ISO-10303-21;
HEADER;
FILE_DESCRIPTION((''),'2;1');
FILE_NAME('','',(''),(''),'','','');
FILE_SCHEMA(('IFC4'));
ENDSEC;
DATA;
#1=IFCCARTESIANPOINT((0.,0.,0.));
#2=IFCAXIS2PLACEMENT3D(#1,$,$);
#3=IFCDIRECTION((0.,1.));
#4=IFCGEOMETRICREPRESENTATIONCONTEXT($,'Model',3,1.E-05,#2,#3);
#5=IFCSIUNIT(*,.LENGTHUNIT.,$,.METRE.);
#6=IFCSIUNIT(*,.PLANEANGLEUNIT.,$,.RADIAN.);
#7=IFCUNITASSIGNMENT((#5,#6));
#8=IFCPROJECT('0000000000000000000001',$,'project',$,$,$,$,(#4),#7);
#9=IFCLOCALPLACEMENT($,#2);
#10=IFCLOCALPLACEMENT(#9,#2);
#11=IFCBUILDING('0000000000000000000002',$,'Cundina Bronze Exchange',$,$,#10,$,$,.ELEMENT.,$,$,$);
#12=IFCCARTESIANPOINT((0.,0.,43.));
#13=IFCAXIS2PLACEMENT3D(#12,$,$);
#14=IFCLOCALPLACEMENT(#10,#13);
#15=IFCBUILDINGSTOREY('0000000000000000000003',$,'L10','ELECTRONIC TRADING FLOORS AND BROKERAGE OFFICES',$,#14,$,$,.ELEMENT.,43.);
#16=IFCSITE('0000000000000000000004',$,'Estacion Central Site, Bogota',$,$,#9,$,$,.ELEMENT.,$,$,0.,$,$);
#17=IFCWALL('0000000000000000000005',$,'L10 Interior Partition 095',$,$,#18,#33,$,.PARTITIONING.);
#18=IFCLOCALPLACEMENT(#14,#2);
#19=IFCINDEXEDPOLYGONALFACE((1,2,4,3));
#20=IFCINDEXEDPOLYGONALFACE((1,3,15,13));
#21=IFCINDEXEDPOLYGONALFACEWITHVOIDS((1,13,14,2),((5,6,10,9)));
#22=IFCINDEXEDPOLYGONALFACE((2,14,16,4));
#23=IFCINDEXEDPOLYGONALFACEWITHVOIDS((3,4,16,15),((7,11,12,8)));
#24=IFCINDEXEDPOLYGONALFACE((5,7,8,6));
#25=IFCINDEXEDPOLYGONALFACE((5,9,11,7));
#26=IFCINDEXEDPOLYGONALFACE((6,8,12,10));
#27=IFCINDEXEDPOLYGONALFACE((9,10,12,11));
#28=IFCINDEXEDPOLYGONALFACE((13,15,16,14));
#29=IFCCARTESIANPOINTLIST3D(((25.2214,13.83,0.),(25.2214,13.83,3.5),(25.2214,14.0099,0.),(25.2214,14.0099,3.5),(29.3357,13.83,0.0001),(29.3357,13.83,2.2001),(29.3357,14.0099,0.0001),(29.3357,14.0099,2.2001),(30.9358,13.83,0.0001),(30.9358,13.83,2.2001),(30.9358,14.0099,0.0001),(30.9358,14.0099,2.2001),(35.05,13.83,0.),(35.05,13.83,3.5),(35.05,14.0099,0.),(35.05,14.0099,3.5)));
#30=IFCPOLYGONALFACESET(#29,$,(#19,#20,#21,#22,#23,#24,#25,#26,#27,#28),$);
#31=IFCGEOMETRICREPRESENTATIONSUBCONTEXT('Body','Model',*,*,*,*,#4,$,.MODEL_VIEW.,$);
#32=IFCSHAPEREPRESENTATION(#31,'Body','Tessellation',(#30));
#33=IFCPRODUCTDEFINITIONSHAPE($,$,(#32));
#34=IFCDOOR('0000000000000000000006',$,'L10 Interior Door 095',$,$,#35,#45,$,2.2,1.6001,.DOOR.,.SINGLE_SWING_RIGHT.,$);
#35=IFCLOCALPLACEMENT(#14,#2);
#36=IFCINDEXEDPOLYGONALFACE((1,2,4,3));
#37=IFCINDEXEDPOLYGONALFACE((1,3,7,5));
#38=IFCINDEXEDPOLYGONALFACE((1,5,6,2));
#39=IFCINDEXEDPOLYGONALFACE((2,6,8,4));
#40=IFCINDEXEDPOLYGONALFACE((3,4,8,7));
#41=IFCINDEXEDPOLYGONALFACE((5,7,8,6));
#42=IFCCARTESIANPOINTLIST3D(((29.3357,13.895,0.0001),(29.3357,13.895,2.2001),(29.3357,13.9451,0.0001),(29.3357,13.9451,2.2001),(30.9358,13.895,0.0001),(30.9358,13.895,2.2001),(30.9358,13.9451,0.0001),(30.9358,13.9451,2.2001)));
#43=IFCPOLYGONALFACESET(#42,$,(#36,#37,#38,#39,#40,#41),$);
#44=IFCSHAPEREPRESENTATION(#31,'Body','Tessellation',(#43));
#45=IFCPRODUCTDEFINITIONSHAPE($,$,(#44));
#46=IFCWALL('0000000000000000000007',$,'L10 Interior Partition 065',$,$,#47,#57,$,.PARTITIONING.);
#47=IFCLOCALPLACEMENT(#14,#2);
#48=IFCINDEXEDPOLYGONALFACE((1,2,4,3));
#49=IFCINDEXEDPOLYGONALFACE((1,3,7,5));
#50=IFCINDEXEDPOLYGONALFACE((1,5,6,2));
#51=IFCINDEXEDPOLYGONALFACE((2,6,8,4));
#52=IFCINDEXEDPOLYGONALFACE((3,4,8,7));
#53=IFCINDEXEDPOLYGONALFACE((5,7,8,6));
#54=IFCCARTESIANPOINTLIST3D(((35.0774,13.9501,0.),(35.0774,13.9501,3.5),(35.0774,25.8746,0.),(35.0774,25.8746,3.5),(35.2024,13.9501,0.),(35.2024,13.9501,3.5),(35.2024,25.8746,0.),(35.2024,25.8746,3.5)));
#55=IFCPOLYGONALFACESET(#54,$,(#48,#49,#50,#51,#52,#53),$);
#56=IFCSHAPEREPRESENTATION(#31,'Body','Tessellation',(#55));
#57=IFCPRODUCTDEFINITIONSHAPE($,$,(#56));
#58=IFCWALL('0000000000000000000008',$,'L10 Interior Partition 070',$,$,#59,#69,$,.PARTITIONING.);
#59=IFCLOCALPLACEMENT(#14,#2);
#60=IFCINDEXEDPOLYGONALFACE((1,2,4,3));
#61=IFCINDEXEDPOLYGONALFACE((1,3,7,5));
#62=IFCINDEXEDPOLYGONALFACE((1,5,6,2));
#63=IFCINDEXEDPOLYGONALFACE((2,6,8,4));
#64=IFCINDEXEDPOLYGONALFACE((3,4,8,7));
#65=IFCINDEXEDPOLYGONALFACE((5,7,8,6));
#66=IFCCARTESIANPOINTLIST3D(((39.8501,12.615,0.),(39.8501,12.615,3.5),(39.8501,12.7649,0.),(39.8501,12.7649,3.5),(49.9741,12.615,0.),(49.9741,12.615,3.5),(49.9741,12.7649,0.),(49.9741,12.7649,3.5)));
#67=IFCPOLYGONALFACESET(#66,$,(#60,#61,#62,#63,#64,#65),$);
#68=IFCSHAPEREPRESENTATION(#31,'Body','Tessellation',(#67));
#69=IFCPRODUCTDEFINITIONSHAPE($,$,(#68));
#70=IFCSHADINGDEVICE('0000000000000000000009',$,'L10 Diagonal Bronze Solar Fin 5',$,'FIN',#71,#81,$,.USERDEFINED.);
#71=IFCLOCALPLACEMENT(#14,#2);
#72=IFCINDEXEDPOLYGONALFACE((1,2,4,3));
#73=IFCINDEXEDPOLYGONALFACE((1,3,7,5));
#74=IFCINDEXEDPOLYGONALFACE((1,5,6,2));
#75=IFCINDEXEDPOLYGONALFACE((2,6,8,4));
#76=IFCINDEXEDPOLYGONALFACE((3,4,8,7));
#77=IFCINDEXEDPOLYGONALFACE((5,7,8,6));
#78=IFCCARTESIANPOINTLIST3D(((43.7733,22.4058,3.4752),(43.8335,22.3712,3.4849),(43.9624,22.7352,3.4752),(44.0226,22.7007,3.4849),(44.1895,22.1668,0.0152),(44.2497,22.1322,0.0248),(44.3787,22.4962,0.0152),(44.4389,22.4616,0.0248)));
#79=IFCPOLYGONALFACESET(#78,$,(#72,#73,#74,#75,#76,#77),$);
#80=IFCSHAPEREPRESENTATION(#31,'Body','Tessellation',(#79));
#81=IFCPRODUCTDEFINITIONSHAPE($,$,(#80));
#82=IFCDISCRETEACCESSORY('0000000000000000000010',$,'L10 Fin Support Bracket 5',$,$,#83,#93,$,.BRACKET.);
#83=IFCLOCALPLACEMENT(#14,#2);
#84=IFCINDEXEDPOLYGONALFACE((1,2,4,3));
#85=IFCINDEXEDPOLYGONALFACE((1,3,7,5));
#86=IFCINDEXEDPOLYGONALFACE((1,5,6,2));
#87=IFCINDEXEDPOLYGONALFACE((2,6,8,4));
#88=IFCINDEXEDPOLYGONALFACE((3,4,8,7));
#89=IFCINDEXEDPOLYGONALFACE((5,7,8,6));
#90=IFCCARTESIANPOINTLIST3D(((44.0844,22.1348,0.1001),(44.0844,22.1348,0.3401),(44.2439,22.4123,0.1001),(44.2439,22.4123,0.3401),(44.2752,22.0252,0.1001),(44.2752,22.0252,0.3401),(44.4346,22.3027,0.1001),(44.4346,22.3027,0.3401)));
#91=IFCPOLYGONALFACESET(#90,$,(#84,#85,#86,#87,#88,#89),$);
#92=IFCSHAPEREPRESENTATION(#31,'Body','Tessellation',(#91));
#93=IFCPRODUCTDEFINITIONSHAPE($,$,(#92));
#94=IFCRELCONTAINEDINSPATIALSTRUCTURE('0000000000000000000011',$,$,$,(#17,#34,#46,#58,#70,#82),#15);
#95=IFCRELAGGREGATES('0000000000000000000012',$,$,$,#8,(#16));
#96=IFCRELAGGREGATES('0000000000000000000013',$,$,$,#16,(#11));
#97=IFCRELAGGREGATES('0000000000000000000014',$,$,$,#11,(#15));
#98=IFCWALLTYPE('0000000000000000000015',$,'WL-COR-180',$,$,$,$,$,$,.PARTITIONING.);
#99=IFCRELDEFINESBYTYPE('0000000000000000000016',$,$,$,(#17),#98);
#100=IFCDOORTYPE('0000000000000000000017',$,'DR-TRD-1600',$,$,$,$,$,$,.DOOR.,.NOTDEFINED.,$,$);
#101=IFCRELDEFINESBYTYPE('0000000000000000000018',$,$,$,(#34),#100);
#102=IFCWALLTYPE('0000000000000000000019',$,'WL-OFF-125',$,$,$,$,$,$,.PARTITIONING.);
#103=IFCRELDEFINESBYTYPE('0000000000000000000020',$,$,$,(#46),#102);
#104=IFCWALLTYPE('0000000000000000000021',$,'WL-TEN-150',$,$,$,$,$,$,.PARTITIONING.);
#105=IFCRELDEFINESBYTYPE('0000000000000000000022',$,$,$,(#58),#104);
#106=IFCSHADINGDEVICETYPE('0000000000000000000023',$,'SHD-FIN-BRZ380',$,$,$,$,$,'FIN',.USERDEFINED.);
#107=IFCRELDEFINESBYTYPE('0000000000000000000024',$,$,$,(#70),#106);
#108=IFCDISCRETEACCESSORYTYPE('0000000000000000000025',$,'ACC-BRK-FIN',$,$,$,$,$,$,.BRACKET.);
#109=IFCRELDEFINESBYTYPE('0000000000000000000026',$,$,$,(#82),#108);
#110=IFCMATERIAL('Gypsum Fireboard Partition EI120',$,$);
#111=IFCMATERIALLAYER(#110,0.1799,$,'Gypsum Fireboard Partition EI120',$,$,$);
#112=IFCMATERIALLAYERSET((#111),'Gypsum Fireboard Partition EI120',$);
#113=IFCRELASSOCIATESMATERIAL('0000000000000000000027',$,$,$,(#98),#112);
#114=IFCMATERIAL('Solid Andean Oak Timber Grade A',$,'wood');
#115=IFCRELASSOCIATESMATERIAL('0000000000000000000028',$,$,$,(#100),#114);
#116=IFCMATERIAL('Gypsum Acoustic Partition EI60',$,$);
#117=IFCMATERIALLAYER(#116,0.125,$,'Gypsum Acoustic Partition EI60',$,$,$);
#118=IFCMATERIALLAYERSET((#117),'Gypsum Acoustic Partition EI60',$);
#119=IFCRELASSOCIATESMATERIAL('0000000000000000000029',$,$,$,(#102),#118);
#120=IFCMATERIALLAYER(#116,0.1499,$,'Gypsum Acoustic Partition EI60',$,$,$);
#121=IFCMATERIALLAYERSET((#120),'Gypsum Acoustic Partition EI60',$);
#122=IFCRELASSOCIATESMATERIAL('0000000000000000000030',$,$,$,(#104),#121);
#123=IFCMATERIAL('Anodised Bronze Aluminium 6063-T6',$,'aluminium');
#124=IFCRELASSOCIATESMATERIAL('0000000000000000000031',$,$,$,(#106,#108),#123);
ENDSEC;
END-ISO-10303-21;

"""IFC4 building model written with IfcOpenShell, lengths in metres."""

from ifc_helpers import new_model, si_unit, direction, frame, frame_2d, origin, origin_2d, place, context, subcontext, project, spatial, rectangle, extrude, material, layer, layer_set, material_profile, profile_set, type_object, element, fill, save


model = new_model("IFC4")

# Units and contexts
model_context = context("Model", 3, precision=1e-05, world=origin(), true_north=direction((0.0, 1.0)))
body_context = subcontext(model_context, "Body", "Model", "MODEL_VIEW")
ifc_project = project(units=[si_unit("LENGTHUNIT", "METRE"), si_unit("PLANEANGLEUNIT", "RADIAN")], contexts=[model_context])

# Site, building, storey
site_placement = place(None, origin())
site = spatial("IfcSite", under=ifc_project, at=site_placement, Name="Estacion Central Site, Bogota", CompositionType="ELEMENT", RefElevation=0.0)
building_placement = place(site_placement, origin())
building = spatial("IfcBuilding", under=site, at=building_placement, Name="Cundina Bronze Exchange", CompositionType="ELEMENT")
storey_placement = place(building_placement, frame((0.0, 0.0, 43.0)))
storey = spatial("IfcBuildingStorey", under=building, at=storey_placement, Name="L10", Description="ELECTRONIC TRADING FLOORS AND BROKERAGE OFFICES", CompositionType="ELEMENT", Elevation=43.0)

# Shared definitions
ifc_material_1 = material(Name="Anodised Bronze Aluminium 6063-T6", Category="aluminium")

# Shared definitions
ifc_material_2 = material(Name="Gypsum Fireboard Partition EI120")
ifc_layer_1 = layer(ifc_material_2, 0.1799, Name="Gypsum Fireboard Partition EI120")
ifc_layer_set_1 = layer_set([ifc_layer_1], Name="Gypsum Fireboard Partition EI120")
wall_type_1 = type_object("IfcWallType", Name="WL-COR-180", PredefinedType="PARTITIONING", material=ifc_layer_set_1)

# Shared definitions
ifc_material_3 = material(Name="Solid Andean Oak Timber Grade A", Category="wood")

# Wall, opening, door
wall_1_placement = place(storey_placement, frame((35.05, 13.9199, 0.0), z_axis=(0.0, 0.0, 1.0), x_axis=(-1.0, 0.0, 0.0)))
wall_1 = element("IfcWall", 1, at=wall_1_placement, inside=storey, type_object=wall_type_1, Name="L10 Interior Partition 095", PredefinedType="PARTITIONING", context=body_context, shape_type="SweptSolid", body=[
    extrude(rectangle(XDim=9.8286, YDim=0.1799, at=frame_2d((4.9143, 0.0))), origin(), (0.0, 0.0, 1.0), 3.5),
])
opening_1_placement = place(wall_1_placement, frame((4.1143, 0.0, 0.0)))
opening_1 = element("IfcOpeningElement", 2, at=opening_1_placement, cuts=wall_1, PredefinedType="OPENING", context=body_context, shape_type="SweptSolid", body=[
    extrude(rectangle(XDim=1.6001, YDim=2.2, at=frame_2d((0.8, 1.1001))), frame((0.0, 0.0999, 0.0), z_axis=(0.0, -1.0, 0.0), x_axis=(1.0, 0.0, 0.0)), (0.0, 0.0, 1.0), 0.2),
])
door_type_1 = type_object("IfcDoorType", Name="DR-TRD-1600", OperationType="NOTDEFINED", PredefinedType="DOOR", material=ifc_material_3)
door_1_placement = place(opening_1_placement, origin())
door_1 = element("IfcDoor", 3, at=door_1_placement, inside=storey, type_object=door_type_1, Name="L10 Interior Door 095", OperationType="SINGLE_SWING_RIGHT", OverallHeight=2.2, OverallWidth=1.6001, PredefinedType="DOOR", context=body_context, shape_type="SweptSolid", body=[
    extrude(rectangle(XDim=1.6001, YDim=2.2, at=frame_2d((0.8, 1.1001))), frame((0.0, 0.0249, 0.0), z_axis=(0.0, -1.0, 0.0), x_axis=(1.0, 0.0, 0.0)), (0.0, 0.0, 1.0), 0.05),
])
fill(opening_1, door_1)

# Walls
ifc_material_4 = material(Name="Gypsum Acoustic Partition EI60")
ifc_layer_2 = layer(ifc_material_4, 0.125, Name="Gypsum Acoustic Partition EI60")
ifc_layer_set_2 = layer_set([ifc_layer_2], Name="Gypsum Acoustic Partition EI60")
wall_type_2 = type_object("IfcWallType", Name="WL-OFF-125", PredefinedType="PARTITIONING", material=ifc_layer_set_2)
wall_2_placement = place(storey_placement, frame((35.1399, 13.95, 0.0), z_axis=(0.0, 0.0, 1.0), x_axis=(0.0, 1.0, 0.0)))
element("IfcWall", 4, at=wall_2_placement, inside=storey, type_object=wall_type_2, Name="L10 Interior Partition 065", PredefinedType="PARTITIONING", context=body_context, shape_type="SweptSolid", body=[
    extrude(rectangle(XDim=11.9246, YDim=0.125, at=frame_2d((5.9624, 0.0))), origin(), (0.0, 0.0, 1.0), 3.5),
])
ifc_layer_3 = layer(ifc_material_4, 0.1499, Name="Gypsum Acoustic Partition EI60")
ifc_layer_set_3 = layer_set([ifc_layer_3], Name="Gypsum Acoustic Partition EI60")
wall_type_3 = type_object("IfcWallType", Name="WL-TEN-150", PredefinedType="PARTITIONING", material=ifc_layer_set_3)
wall_3_placement = place(storey_placement, frame((39.8501, 12.6899, 0.0), z_axis=(0.0, 0.0, 1.0), x_axis=(1.0, 0.0, 0.0)))
element("IfcWall", 5, at=wall_3_placement, inside=storey, type_object=wall_type_3, Name="L10 Interior Partition 070", PredefinedType="PARTITIONING", context=body_context, shape_type="SweptSolid", body=[
    extrude(rectangle(XDim=10.124, YDim=0.1499, at=frame_2d((5.062, 0.0))), origin(), (0.0, 0.0, 1.0), 3.5),
])

# Shading device
ifc_material_profile_1 = material_profile(ifc_material_1, rectangle(XDim=0.0701, YDim=0.3799, at=origin_2d()), Name="FIN70X380", Category="aluminium")
ifc_profile_set_1 = profile_set([ifc_material_profile_1], Name="Anodised Bronze Aluminium 6063-T6")
shading_device_type = type_object("IfcShadingDeviceType", Name="SHD-FIN-BRZ380", ElementType="FIN", PredefinedType="USERDEFINED", material=ifc_profile_set_1)
shading_device_placement = place(storey_placement, frame((44.3142, 22.3142, 0.02), z_axis=(-0.119166, 0.068425, 0.990514), x_axis=(0.858982, -0.493222, 0.137414)))
element("IfcShadingDevice", 6, at=shading_device_placement, inside=storey, type_object=shading_device_type, Name="L10 Diagonal Bronze Solar Fin 5", ObjectType="FIN", PredefinedType="USERDEFINED", context=body_context, shape_type="SweptSolid", body=[
    extrude(rectangle(XDim=0.0701, YDim=0.3799, at=origin_2d()), origin(), (0.0, 0.0, 1.0), 3.4932),
])

# Discrete accessory
discrete_accessory_type = type_object("IfcDiscreteAccessoryType", Name="ACC-BRK-FIN", PredefinedType="BRACKET", material=ifc_material_1)
discrete_accessory_placement = place(storey_placement, frame((44.2595, 22.2188, 0.1001), z_axis=(0.0, 0.0, 1.0), x_axis=(-0.867105, 0.498125, 0.0)))
element("IfcDiscreteAccessory", 7, at=discrete_accessory_placement, inside=storey, type_object=discrete_accessory_type, Name="L10 Fin Support Bracket 5", PredefinedType="BRACKET", context=body_context, shape_type="SweptSolid", body=[
    extrude(rectangle(XDim=0.22, YDim=0.3201, at=origin_2d()), origin(), (0.0, 0.0, 1.0), 0.24),
])

save(model, "model.ifc")
